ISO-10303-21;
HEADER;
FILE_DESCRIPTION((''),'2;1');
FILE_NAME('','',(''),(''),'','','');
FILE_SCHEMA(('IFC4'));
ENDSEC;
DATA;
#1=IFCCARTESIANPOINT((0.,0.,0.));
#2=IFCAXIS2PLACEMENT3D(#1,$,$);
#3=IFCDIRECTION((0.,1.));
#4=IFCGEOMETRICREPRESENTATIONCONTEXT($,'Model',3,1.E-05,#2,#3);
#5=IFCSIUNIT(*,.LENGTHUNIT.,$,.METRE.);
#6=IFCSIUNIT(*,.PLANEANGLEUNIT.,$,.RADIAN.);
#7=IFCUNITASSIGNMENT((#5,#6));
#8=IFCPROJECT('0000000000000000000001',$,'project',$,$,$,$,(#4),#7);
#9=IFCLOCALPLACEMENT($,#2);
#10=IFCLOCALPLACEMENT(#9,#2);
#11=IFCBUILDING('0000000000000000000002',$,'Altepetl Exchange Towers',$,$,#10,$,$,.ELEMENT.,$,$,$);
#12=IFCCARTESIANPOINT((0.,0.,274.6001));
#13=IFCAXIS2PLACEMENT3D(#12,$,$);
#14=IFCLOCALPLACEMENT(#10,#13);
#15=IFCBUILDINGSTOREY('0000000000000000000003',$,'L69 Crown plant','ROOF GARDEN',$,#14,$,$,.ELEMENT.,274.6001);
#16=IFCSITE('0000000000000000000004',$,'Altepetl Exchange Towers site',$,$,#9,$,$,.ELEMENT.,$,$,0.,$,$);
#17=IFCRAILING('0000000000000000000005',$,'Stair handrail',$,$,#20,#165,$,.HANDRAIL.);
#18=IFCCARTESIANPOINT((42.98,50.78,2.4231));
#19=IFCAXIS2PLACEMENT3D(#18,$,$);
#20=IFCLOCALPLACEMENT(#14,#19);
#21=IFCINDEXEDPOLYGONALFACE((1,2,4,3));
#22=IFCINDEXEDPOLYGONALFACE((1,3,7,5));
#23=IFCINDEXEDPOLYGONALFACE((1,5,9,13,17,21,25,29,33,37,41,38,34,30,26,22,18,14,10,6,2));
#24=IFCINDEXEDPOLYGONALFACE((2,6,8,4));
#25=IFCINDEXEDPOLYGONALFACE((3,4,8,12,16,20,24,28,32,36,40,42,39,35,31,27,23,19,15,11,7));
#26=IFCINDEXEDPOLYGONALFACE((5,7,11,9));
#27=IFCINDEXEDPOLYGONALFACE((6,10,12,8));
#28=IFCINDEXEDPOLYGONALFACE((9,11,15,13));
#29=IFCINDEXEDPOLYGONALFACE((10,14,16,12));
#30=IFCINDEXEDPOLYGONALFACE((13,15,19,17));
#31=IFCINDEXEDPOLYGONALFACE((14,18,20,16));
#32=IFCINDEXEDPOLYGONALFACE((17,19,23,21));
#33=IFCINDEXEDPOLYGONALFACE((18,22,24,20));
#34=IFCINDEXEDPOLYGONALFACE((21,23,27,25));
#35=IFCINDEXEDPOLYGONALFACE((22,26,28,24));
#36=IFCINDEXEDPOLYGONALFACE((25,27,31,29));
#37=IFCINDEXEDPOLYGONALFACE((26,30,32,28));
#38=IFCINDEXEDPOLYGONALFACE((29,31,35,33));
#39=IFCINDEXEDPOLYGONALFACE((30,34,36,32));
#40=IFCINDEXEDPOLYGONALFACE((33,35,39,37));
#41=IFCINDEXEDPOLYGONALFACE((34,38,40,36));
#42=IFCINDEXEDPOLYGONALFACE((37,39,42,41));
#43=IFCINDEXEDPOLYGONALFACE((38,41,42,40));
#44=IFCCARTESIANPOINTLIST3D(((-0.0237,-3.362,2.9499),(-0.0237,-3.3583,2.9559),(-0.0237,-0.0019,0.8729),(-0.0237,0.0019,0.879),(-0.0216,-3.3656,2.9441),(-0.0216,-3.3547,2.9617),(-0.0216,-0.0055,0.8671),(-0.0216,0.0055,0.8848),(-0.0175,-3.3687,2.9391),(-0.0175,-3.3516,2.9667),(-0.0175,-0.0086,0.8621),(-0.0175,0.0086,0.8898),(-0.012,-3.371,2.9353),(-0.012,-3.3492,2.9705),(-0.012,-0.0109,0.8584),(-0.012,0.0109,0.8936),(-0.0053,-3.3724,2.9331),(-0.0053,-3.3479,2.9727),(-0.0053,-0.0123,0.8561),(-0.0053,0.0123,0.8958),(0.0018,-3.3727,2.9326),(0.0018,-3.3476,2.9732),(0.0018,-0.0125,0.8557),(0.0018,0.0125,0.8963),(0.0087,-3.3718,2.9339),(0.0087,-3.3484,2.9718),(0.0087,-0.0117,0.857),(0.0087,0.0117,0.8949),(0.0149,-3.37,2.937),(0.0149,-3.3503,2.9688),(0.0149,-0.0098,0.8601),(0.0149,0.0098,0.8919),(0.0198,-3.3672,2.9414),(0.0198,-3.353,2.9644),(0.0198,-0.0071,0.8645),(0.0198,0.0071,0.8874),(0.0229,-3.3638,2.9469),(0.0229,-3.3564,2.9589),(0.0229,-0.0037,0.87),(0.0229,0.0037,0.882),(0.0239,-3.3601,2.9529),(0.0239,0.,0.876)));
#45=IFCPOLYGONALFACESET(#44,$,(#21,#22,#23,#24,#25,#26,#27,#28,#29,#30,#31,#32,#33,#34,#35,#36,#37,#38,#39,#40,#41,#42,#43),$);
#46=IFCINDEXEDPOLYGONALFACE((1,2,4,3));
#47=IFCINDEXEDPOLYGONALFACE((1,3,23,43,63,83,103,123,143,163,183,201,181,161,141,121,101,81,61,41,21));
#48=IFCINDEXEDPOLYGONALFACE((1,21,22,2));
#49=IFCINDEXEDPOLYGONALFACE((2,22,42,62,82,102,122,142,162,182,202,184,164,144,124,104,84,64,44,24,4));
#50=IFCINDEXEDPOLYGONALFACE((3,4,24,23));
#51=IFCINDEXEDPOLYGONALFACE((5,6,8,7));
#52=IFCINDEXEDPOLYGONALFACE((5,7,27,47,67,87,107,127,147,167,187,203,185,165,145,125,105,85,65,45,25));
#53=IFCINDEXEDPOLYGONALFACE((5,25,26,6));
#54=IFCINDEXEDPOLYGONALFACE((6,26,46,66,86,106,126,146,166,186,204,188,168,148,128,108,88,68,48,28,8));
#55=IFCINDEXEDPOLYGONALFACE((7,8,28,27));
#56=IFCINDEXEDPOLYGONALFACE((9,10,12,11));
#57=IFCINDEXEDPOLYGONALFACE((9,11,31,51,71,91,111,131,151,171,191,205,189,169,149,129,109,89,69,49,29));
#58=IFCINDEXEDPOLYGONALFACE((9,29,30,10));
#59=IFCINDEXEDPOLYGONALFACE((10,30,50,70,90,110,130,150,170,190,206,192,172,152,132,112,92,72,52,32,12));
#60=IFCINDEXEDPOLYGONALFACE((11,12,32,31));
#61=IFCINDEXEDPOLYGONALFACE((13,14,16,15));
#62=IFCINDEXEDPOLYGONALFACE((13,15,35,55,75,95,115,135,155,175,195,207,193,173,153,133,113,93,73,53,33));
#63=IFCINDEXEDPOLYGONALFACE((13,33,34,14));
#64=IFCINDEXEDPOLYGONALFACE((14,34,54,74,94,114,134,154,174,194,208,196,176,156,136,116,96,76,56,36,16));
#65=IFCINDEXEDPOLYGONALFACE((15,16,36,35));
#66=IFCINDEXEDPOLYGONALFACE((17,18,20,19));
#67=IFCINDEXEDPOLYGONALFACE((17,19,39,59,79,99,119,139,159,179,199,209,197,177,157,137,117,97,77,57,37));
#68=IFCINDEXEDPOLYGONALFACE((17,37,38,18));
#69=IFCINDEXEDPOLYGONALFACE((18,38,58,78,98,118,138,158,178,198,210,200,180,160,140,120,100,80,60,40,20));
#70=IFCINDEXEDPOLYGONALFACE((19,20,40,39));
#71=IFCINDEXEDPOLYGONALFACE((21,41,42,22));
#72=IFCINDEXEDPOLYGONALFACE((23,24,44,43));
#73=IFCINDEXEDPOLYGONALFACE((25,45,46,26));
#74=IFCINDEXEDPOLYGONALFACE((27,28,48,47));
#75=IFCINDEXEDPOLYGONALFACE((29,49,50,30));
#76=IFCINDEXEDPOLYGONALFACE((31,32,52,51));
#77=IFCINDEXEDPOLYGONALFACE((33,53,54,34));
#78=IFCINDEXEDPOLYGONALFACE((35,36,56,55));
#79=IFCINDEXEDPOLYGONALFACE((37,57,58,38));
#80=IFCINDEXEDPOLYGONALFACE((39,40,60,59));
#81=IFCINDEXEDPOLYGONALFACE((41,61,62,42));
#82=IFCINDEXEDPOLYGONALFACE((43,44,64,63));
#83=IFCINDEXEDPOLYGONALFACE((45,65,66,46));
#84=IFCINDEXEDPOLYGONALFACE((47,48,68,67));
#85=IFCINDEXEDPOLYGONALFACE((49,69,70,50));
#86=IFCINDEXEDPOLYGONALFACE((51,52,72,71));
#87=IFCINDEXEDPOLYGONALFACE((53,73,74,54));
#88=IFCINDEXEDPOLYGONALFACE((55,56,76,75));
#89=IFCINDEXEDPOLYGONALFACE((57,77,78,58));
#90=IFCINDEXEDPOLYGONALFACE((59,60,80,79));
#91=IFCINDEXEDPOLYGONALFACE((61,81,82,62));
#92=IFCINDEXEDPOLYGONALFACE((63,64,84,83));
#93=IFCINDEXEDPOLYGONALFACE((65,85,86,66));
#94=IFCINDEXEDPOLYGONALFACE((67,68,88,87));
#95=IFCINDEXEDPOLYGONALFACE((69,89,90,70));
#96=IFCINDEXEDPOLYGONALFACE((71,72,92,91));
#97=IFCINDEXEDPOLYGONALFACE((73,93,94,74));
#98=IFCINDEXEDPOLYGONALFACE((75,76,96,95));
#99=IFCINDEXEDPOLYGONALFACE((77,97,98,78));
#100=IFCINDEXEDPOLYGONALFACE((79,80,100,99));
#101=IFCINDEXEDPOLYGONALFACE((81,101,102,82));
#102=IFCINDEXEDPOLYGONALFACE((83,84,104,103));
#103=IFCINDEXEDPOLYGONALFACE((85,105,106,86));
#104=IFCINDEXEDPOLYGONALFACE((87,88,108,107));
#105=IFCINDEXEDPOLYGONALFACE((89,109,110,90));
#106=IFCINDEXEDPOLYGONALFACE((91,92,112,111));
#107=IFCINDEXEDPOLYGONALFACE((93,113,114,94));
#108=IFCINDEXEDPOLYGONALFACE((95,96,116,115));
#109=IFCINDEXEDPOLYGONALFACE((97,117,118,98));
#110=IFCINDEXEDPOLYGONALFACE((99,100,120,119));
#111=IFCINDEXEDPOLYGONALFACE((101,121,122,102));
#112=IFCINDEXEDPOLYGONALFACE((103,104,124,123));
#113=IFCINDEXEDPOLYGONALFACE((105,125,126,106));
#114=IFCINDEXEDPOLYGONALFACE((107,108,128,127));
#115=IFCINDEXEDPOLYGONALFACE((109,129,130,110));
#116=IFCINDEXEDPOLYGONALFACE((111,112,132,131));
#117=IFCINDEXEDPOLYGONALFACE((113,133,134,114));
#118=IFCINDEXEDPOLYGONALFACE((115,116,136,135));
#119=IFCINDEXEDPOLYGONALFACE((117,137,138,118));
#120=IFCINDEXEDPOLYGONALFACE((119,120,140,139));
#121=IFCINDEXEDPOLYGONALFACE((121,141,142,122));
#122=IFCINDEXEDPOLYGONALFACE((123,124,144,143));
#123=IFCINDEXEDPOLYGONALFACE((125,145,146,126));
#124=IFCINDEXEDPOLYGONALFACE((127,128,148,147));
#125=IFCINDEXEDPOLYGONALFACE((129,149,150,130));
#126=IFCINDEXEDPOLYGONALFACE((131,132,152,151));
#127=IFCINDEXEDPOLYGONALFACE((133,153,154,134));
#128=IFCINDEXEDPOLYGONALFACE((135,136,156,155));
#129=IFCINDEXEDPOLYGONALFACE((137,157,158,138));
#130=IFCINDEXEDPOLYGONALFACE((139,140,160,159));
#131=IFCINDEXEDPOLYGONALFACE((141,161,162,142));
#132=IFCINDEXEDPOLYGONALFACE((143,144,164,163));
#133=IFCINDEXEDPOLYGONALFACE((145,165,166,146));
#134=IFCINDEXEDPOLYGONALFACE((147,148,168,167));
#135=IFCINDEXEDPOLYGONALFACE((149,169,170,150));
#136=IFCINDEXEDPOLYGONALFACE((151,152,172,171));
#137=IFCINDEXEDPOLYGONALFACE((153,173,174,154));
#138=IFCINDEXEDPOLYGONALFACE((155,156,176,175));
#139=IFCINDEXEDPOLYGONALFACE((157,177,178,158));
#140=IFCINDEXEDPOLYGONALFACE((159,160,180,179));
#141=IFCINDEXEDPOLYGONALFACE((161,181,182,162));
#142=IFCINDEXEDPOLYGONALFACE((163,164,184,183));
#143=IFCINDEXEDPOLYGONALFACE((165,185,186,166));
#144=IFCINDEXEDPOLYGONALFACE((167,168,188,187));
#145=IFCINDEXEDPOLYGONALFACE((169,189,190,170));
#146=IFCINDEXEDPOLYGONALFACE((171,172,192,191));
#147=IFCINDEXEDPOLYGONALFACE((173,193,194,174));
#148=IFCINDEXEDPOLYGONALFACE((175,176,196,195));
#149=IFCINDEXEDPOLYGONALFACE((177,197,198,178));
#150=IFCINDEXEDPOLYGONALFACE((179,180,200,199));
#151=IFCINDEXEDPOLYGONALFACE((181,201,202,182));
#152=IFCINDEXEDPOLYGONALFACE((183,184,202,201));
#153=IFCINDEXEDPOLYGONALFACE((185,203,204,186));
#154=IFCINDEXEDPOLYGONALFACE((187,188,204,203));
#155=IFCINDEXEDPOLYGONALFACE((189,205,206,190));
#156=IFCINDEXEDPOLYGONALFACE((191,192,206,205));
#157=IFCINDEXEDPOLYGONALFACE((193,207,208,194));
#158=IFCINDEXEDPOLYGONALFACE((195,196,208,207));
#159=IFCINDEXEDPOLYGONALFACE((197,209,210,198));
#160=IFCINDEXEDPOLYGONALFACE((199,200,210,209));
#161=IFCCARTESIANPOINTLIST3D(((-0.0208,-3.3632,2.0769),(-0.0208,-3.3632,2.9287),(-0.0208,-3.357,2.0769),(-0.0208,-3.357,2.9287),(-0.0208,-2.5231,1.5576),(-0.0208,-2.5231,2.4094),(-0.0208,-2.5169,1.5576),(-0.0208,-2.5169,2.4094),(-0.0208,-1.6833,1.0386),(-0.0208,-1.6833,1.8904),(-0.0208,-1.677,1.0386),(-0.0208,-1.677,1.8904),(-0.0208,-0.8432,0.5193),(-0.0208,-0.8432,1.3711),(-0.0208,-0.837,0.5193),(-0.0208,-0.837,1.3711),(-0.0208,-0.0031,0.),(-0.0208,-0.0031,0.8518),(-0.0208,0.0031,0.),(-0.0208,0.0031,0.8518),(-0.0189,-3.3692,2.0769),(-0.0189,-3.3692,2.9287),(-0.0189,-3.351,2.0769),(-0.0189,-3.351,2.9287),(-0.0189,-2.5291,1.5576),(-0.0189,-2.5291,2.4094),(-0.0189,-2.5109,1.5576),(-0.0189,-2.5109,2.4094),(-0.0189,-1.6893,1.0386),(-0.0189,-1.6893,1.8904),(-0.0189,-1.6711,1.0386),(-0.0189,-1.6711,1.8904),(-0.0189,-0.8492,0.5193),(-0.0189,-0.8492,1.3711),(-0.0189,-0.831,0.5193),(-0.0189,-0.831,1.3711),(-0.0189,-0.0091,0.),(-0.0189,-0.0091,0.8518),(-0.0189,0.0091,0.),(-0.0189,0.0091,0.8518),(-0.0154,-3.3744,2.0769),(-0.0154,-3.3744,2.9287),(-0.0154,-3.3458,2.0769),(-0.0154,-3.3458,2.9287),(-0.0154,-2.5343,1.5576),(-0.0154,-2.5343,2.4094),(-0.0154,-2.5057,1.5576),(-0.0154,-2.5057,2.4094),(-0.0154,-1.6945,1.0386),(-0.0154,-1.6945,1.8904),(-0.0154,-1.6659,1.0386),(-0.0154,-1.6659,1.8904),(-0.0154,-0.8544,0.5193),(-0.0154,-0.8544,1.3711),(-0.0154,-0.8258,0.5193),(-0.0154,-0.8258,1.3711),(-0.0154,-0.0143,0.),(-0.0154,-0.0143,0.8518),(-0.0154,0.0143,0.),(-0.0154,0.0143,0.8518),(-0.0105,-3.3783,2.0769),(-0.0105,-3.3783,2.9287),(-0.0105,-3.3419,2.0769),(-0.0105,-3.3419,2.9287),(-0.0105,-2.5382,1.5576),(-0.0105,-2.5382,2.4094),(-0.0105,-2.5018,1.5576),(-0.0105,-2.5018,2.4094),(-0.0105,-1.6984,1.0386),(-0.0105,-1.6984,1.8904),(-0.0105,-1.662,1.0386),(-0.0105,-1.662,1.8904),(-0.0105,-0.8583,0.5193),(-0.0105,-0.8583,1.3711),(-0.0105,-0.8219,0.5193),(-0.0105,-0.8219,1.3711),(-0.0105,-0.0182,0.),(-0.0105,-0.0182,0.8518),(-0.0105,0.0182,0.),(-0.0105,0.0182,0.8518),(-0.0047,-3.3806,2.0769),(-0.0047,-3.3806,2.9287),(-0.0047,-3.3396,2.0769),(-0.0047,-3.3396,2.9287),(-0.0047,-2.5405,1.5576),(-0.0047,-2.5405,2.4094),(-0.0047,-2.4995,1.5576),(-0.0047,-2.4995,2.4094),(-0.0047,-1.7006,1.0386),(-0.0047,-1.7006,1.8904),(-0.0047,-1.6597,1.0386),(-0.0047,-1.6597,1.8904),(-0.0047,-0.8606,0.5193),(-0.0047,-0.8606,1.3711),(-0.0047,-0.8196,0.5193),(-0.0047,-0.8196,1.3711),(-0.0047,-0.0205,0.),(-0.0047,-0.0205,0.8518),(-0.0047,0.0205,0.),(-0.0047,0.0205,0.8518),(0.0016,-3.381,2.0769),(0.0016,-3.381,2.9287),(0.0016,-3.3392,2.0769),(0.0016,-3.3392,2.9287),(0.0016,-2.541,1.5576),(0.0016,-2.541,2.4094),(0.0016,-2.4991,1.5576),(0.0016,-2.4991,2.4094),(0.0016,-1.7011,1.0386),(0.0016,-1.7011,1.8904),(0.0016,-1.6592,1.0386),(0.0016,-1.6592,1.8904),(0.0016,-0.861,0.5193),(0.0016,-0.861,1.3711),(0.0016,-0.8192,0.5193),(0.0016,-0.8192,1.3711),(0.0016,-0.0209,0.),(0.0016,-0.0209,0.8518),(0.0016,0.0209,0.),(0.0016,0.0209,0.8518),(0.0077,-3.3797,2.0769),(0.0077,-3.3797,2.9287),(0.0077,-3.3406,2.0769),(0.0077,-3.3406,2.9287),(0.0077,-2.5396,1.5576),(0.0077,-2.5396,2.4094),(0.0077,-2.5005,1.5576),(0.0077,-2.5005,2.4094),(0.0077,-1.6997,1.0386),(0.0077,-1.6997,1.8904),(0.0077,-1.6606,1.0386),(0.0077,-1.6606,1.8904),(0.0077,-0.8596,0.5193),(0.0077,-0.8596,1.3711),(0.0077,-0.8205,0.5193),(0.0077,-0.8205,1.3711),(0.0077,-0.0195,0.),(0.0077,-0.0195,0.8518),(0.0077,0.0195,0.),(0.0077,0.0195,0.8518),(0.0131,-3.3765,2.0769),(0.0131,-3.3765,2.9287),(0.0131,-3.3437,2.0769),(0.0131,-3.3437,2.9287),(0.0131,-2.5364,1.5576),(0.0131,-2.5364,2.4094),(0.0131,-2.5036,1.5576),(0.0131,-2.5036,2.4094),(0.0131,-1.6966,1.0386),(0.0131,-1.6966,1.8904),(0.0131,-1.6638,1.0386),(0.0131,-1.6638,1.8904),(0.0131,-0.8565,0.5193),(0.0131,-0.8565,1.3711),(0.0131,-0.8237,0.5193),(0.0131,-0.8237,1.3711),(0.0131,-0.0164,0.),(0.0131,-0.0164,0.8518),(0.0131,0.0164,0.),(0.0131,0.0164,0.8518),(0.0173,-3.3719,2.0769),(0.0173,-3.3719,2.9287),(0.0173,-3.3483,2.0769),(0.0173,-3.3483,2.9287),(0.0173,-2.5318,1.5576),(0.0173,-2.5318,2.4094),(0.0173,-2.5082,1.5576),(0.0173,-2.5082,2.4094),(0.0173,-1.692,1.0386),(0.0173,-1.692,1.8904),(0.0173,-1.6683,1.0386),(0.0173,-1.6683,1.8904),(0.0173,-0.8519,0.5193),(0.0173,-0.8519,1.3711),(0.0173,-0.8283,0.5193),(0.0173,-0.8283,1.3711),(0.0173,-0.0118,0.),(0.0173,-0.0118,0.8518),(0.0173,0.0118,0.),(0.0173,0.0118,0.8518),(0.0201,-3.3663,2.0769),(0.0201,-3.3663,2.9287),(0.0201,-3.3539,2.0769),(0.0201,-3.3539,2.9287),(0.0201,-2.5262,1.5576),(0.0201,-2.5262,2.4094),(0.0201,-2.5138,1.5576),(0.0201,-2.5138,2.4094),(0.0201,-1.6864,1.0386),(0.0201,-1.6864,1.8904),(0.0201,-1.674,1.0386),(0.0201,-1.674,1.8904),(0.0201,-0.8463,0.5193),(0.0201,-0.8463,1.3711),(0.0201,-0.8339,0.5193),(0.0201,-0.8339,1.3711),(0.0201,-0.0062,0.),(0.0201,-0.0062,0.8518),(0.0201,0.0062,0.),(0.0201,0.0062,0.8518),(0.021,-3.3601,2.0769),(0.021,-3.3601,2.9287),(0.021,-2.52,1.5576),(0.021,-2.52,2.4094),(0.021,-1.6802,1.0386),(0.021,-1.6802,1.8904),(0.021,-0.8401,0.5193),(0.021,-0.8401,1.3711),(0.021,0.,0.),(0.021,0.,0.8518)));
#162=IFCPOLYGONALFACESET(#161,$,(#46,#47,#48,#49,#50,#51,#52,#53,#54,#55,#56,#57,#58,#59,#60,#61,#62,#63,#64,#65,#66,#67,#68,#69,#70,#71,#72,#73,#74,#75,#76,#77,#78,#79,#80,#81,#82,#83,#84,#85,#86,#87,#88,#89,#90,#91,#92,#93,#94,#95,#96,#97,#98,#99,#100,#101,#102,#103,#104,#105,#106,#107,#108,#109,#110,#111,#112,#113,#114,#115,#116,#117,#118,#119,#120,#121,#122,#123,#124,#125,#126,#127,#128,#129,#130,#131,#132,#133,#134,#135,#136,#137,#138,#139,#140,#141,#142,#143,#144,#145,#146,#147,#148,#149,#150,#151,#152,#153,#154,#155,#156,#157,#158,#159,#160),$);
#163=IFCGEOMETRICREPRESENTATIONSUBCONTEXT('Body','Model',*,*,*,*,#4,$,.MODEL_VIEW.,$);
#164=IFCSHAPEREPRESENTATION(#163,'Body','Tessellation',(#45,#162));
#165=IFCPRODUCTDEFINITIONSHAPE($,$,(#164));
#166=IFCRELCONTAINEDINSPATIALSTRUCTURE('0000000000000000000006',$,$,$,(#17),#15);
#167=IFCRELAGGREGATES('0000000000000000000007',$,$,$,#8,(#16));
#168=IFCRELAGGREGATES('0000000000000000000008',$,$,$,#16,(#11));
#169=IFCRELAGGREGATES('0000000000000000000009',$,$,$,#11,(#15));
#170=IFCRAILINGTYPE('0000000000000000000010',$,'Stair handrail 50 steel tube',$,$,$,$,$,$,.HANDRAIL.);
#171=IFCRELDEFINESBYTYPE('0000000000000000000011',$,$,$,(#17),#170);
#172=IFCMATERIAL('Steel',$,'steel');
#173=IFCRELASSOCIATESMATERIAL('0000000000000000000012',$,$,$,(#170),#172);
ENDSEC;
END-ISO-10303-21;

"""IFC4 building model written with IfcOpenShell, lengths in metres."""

from ifc_helpers import new_model, si_unit, direction, frame, origin, origin_2d, place, context, subcontext, project, spatial, circle, extrude, source, transform, mapped, material, type_object, element, save


model = new_model("IFC4")

# Units and contexts
model_context = context("Model", 3, precision=1e-05, world=origin(), true_north=direction((0.0, 1.0)))
body_context = subcontext(model_context, "Body", "Model", "MODEL_VIEW")
ifc_project = project(units=[si_unit("LENGTHUNIT", "METRE"), si_unit("PLANEANGLEUNIT", "RADIAN")], contexts=[model_context])

# Site, building, storey
site_placement = place(None, origin())
site = spatial("IfcSite", under=ifc_project, at=site_placement, Name="Altepetl Exchange Towers site", CompositionType="ELEMENT", RefElevation=0.0)
building_placement = place(site_placement, origin())
building = spatial("IfcBuilding", under=site, at=building_placement, Name="Altepetl Exchange Towers", CompositionType="ELEMENT")
storey_placement = place(building_placement, frame((0.0, 0.0, 274.6001)))
storey = spatial("IfcBuildingStorey", under=building, at=storey_placement, Name="L69 Crown plant", Description="ROOF GARDEN", CompositionType="ELEMENT", Elevation=274.6001)

# Railing
ifc_material_1 = material(Name="Steel", Category="steel")
railing_type = type_object("IfcRailingType", Name="Stair handrail 50 steel tube", PredefinedType="HANDRAIL", material=ifc_material_1)
shared_shape = source(origin(), body_context, "Body", "SweptSolid", [
    extrude(circle(Radius=0.021, at=origin_2d()), origin(), (0.0, 0.0, 1.0), 0.8518),
])
for number, where, name in (
    (1, (42.98, 50.78, 2.4231), "Stair handrail"),
):
    element("IfcRailing", number, at=place(storey_placement, frame(where)), inside=storey, type_object=railing_type, Name=name, PredefinedType="HANDRAIL", context=body_context, shape_type="SweptSolid", body=[
        extrude(circle(Radius=0.0239, at=origin_2d()), frame((0.0, 0.0, 0.876), z_axis=(0.0, -0.850623, 0.525776), x_axis=(1.0, 0.0, 0.0)), (0.0, 0.0, 1.0), 3.9502),
        mapped(shared_shape, transform((0.0, 0.0, 0.0))),
        mapped(shared_shape, transform((0.0, -0.8401, 0.5193))),
        mapped(shared_shape, transform((0.0, -1.6802, 1.0386))),
        mapped(shared_shape, transform((0.0, -2.52, 1.5576))),
        mapped(shared_shape, transform((0.0, -3.3601, 2.0769))),
    ])

save(model, "model.ifc")
